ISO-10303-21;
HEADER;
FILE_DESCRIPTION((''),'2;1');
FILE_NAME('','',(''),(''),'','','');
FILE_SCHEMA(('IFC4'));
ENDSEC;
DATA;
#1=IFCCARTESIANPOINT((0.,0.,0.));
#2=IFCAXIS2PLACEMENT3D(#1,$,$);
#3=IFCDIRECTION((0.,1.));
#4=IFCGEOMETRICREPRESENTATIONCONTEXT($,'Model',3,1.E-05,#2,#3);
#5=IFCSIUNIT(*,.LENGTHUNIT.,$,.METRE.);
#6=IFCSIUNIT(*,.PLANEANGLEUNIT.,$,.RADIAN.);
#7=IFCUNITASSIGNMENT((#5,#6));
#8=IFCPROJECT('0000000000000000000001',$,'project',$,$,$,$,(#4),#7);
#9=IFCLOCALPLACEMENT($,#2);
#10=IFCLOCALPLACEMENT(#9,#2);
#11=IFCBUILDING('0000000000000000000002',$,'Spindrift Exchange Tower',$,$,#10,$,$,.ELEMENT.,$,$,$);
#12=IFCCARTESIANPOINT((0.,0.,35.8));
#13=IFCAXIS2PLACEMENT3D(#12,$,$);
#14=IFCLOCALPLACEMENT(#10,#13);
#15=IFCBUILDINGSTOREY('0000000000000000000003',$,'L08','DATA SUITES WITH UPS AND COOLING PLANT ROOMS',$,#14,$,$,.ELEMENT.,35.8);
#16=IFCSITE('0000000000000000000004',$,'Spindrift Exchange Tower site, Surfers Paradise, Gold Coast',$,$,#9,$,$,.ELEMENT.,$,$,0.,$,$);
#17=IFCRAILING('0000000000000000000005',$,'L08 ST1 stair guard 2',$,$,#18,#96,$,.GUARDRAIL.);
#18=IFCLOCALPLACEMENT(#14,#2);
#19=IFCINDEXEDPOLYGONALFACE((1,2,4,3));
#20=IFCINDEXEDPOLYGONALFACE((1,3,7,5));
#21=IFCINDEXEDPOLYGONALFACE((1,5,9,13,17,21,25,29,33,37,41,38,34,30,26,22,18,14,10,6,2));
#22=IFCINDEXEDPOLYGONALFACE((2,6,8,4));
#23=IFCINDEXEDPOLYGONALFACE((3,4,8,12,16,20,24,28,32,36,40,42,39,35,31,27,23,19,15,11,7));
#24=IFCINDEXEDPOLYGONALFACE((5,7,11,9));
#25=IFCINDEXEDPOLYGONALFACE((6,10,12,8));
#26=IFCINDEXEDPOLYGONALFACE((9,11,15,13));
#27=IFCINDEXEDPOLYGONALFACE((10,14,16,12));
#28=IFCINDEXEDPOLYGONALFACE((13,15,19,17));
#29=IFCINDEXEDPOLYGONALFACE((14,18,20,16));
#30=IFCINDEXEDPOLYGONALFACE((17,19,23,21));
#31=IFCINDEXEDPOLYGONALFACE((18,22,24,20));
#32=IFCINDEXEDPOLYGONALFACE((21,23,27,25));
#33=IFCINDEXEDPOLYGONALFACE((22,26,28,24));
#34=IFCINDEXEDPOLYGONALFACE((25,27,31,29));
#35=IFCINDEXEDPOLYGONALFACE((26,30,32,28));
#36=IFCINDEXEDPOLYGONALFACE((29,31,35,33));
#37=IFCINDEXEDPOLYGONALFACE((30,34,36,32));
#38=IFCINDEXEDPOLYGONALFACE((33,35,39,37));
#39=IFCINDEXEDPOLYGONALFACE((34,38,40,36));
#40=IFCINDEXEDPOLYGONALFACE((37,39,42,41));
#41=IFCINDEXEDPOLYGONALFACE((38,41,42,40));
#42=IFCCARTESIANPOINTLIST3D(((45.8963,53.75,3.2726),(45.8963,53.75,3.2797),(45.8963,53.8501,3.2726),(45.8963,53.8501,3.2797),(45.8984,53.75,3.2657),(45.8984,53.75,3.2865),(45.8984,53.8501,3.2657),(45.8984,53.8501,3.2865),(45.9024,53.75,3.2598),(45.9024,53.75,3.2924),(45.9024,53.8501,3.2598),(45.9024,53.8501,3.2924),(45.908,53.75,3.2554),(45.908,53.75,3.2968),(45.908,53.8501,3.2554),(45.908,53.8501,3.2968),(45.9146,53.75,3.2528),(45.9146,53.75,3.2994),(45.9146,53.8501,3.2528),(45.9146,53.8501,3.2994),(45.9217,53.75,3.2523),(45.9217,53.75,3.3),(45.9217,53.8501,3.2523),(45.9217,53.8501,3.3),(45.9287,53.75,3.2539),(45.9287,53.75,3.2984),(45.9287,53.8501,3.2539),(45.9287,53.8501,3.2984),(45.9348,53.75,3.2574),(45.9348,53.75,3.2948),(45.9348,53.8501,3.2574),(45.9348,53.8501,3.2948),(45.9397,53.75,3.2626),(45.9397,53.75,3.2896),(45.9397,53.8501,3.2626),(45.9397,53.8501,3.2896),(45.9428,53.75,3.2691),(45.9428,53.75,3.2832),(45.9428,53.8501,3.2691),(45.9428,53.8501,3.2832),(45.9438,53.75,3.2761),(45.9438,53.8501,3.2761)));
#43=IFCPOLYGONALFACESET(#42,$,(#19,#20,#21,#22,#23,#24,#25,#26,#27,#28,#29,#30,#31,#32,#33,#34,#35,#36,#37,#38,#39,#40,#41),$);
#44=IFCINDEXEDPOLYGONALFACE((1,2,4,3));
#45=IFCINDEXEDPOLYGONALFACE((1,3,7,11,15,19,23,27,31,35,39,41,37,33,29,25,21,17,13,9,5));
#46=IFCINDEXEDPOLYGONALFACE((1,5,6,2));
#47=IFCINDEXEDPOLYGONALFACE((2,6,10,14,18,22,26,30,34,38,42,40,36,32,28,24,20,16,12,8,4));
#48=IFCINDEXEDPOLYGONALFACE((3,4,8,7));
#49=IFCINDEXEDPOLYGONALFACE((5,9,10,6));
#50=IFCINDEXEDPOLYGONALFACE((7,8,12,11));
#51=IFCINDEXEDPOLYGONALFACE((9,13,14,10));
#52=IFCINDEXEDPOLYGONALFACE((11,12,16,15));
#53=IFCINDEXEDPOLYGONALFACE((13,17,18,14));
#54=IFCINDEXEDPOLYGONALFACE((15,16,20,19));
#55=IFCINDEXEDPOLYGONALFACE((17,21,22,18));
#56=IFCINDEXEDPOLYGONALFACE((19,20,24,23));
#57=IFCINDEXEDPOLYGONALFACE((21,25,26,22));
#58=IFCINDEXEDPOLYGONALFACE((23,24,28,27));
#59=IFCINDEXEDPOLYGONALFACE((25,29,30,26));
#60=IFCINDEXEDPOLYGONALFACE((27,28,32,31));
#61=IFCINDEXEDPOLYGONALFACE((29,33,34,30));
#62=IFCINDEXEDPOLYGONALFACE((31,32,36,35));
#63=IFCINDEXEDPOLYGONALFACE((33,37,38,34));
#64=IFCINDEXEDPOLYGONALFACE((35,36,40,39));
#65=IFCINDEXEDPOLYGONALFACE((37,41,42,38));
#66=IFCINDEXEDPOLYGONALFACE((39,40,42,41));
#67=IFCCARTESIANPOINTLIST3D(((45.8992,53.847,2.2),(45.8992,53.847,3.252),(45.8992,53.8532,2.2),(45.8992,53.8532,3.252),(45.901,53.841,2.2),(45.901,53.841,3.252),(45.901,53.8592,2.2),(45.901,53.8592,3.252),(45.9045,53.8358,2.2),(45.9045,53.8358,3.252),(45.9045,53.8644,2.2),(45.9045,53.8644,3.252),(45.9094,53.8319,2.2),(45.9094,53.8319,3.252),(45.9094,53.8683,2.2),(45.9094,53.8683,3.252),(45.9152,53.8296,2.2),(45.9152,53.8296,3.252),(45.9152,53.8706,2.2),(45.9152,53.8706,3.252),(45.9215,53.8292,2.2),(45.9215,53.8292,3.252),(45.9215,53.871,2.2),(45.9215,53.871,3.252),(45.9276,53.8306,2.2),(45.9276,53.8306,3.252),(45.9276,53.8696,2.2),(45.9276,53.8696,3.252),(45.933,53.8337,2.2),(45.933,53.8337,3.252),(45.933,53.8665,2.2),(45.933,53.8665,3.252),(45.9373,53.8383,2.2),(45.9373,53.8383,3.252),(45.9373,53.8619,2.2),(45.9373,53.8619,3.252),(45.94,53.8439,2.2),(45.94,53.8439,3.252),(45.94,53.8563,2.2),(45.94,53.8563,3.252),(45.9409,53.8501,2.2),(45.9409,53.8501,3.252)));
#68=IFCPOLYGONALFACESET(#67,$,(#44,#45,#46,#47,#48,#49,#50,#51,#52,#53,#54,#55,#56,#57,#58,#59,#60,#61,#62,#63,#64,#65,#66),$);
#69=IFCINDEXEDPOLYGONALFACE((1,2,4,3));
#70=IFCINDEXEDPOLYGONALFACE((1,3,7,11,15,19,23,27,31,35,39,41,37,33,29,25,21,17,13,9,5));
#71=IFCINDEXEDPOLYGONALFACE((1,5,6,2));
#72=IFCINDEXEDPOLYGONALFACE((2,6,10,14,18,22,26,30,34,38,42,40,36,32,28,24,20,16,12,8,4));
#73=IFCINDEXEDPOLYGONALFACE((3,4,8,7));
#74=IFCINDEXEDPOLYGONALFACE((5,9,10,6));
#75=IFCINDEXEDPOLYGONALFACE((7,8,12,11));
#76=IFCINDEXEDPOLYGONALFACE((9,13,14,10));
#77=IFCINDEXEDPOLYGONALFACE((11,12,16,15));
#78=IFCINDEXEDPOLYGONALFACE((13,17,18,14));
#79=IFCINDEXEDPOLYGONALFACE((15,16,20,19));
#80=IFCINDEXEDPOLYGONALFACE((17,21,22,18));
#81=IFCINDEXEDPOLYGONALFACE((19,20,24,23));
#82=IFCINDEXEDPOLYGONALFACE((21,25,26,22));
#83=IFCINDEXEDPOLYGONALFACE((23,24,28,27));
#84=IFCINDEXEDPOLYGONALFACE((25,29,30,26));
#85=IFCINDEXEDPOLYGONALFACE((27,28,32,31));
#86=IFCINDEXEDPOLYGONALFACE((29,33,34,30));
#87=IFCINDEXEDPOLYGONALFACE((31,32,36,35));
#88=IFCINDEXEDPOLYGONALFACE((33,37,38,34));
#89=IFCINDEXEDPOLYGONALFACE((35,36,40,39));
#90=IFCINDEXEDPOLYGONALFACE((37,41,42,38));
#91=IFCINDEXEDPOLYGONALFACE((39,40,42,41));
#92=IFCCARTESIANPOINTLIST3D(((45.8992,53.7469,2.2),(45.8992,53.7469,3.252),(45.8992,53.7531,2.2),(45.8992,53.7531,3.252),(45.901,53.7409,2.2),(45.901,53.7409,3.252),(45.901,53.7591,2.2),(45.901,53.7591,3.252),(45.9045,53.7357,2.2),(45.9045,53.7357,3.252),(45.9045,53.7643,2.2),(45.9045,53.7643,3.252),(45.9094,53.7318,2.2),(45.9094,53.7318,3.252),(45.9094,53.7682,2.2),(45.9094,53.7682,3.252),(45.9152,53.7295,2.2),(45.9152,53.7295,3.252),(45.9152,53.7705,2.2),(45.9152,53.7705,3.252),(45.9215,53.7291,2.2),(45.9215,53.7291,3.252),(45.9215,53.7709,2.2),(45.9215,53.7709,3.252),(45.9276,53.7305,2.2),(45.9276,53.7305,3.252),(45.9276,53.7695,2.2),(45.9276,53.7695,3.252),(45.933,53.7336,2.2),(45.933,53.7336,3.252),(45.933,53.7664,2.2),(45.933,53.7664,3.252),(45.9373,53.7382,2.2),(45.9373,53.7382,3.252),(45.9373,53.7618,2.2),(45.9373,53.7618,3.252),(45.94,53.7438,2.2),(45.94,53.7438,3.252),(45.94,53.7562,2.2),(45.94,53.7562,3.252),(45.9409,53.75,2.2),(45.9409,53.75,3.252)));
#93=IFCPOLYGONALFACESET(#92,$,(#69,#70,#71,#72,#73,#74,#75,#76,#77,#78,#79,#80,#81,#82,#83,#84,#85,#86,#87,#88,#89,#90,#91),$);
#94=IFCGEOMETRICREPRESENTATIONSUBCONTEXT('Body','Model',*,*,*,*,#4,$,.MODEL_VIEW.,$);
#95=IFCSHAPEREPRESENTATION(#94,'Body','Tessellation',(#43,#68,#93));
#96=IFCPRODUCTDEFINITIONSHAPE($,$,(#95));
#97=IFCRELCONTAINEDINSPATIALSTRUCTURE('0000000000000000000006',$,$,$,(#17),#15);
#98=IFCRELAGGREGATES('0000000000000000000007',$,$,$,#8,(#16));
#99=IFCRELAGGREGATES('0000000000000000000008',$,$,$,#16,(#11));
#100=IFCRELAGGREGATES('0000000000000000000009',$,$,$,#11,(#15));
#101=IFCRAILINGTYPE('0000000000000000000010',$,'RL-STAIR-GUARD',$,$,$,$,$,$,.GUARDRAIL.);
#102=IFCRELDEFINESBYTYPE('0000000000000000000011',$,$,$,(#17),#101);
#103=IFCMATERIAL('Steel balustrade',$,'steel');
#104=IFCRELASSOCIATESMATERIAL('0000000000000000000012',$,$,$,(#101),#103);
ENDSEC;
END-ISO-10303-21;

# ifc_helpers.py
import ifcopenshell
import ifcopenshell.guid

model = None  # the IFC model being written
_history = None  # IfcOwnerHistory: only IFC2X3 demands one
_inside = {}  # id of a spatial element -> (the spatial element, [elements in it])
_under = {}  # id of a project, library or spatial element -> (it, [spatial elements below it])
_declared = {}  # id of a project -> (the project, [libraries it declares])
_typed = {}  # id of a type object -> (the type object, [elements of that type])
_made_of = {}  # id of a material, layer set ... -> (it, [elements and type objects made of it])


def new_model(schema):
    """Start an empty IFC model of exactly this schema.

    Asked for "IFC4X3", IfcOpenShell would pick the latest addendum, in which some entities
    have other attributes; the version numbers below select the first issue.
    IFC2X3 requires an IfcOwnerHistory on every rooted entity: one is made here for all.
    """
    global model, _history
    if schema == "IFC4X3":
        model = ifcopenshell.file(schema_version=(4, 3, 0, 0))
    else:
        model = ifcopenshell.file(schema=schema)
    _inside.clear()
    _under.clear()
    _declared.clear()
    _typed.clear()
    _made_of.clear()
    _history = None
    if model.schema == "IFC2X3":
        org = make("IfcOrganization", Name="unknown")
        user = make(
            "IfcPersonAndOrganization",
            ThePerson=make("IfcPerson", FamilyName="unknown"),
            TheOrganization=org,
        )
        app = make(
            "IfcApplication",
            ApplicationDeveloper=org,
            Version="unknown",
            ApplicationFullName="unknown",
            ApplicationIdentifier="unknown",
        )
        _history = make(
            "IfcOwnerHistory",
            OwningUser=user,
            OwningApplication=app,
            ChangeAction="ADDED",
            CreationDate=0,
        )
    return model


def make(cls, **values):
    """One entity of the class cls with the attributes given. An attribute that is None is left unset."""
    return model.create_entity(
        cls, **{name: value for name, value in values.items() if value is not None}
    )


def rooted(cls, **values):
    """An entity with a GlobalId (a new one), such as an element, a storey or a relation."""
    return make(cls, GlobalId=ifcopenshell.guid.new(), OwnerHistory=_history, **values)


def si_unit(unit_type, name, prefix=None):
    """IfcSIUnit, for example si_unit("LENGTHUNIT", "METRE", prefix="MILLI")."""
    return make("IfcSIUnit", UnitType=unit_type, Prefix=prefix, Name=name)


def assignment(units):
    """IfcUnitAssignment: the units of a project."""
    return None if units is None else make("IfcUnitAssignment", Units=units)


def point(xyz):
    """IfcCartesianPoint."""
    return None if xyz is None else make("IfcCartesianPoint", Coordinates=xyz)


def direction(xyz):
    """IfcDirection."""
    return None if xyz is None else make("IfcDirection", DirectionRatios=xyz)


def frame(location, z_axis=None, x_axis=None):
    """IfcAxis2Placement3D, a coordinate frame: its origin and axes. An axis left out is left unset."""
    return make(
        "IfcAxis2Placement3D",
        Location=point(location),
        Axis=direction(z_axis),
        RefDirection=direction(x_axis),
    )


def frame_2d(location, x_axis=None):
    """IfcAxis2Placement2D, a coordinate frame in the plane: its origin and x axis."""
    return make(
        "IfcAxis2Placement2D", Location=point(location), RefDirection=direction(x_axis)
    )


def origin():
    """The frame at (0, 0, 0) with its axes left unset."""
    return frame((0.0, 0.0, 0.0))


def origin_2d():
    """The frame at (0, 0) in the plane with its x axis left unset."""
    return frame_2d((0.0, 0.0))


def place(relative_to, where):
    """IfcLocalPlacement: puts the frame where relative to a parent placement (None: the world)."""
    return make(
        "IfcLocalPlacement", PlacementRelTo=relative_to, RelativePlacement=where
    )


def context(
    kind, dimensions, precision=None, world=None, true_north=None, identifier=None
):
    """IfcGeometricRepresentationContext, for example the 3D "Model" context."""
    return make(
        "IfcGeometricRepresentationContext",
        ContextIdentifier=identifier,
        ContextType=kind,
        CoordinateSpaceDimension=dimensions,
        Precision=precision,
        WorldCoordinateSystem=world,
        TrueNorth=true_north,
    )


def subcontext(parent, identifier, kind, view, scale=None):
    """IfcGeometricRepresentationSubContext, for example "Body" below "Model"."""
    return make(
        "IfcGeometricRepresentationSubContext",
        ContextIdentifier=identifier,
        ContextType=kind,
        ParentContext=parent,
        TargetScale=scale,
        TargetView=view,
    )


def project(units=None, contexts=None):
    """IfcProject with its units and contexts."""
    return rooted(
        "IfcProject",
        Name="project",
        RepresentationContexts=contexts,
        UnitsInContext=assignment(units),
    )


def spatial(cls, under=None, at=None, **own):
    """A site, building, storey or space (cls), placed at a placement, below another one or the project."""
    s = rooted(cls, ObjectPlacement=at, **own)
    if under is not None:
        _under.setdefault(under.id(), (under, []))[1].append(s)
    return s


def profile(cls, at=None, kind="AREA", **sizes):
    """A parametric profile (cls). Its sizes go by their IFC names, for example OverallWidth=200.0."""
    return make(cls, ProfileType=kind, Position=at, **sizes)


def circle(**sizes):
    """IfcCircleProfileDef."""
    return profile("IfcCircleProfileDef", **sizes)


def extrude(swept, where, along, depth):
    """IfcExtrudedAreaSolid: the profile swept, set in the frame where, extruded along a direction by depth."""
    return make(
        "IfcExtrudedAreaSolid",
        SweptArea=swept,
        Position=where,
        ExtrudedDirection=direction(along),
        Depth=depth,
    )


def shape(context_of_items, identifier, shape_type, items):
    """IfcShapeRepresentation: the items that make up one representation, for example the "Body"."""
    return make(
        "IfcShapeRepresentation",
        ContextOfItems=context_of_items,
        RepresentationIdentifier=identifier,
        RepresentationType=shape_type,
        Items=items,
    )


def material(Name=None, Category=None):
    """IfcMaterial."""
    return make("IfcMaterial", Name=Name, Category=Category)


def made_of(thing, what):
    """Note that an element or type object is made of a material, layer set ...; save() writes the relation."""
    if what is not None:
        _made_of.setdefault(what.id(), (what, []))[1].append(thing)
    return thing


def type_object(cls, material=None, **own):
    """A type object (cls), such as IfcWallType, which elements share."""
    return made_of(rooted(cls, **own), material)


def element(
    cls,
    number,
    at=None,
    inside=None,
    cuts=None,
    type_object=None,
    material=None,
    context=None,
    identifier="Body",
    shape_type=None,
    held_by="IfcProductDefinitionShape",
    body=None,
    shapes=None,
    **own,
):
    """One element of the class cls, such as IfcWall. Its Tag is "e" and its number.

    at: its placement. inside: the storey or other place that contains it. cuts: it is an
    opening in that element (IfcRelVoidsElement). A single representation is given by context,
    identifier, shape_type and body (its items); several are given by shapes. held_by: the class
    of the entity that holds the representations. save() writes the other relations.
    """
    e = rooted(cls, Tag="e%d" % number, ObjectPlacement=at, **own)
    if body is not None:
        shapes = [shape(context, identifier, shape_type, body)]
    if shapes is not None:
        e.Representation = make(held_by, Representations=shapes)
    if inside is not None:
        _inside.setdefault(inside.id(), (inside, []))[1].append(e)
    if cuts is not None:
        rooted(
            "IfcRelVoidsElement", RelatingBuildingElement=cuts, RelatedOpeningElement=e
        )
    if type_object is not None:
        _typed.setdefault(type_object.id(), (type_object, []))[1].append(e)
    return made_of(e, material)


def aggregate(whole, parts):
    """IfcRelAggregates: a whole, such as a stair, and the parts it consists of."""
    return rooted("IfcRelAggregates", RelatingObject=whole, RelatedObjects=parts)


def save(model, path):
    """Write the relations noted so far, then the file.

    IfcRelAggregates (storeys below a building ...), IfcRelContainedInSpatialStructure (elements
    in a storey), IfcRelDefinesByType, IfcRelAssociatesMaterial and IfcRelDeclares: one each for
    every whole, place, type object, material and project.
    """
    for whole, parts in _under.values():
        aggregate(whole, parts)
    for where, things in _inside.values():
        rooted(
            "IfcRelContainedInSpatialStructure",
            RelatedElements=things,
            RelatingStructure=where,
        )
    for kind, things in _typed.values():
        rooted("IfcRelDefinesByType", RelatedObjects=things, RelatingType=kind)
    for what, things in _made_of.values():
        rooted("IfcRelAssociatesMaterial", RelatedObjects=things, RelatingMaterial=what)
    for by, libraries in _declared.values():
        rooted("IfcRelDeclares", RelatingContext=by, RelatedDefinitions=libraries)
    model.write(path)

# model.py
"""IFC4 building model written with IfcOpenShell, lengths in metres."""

from ifc_helpers import new_model, si_unit, direction, frame, origin, origin_2d, place, context, subcontext, project, spatial, circle, extrude, material, type_object, element, save


model = new_model("IFC4")

# Units and contexts
model_context = context("Model", 3, precision=1e-05, world=origin(), true_north=direction((0.0, 1.0)))
body_context = subcontext(model_context, "Body", "Model", "MODEL_VIEW")
ifc_project = project(units=[si_unit("LENGTHUNIT", "METRE"), si_unit("PLANEANGLEUNIT", "RADIAN")], contexts=[model_context])

# Site, building, storey
site_placement = place(None, origin())
site = spatial("IfcSite", under=ifc_project, at=site_placement, Name="Spindrift Exchange Tower site, Surfers Paradise, Gold Coast", CompositionType="ELEMENT", RefElevation=0.0)
building_placement = place(site_placement, origin())
building = spatial("IfcBuilding", under=site, at=building_placement, Name="Spindrift Exchange Tower", CompositionType="ELEMENT")
storey_placement = place(building_placement, frame((0.0, 0.0, 35.8)))
storey = spatial("IfcBuildingStorey", under=building, at=storey_placement, Name="L08", Description="DATA SUITES WITH UPS AND COOLING PLANT ROOMS", CompositionType="ELEMENT", Elevation=35.8)

# Railing
ifc_material_1 = material(Name="Steel balustrade", Category="steel")
railing_type_1 = type_object("IfcRailingType", Name="RL-STAIR-GUARD", PredefinedType="GUARDRAIL", material=ifc_material_1)
railing_1_placement = place(storey_placement, frame((45.9199, 53.8501, 2.2)))
element("IfcRailing", 1, at=railing_1_placement, inside=storey, type_object=railing_type_1, Name="L08 ST1 stair guard 2", PredefinedType="GUARDRAIL", context=body_context, shape_type="SweptSolid", body=[
    extrude(circle(Radius=0.0239, at=origin_2d()), frame((0.0, 0.0, 1.0762), z_axis=(0.0, -1.0, 0.0), x_axis=(1.0, 0.0, 0.0)), (0.0, 0.0, 1.0), 0.1001),
    extrude(circle(Radius=0.021, at=origin_2d()), origin(), (0.0, 0.0, 1.0), 1.052),
    extrude(circle(Radius=0.021, at=origin_2d()), frame((0.0, -0.1001, 0.0)), (0.0, 0.0, 1.0), 1.052),
])

save(model, "model.ifc")
